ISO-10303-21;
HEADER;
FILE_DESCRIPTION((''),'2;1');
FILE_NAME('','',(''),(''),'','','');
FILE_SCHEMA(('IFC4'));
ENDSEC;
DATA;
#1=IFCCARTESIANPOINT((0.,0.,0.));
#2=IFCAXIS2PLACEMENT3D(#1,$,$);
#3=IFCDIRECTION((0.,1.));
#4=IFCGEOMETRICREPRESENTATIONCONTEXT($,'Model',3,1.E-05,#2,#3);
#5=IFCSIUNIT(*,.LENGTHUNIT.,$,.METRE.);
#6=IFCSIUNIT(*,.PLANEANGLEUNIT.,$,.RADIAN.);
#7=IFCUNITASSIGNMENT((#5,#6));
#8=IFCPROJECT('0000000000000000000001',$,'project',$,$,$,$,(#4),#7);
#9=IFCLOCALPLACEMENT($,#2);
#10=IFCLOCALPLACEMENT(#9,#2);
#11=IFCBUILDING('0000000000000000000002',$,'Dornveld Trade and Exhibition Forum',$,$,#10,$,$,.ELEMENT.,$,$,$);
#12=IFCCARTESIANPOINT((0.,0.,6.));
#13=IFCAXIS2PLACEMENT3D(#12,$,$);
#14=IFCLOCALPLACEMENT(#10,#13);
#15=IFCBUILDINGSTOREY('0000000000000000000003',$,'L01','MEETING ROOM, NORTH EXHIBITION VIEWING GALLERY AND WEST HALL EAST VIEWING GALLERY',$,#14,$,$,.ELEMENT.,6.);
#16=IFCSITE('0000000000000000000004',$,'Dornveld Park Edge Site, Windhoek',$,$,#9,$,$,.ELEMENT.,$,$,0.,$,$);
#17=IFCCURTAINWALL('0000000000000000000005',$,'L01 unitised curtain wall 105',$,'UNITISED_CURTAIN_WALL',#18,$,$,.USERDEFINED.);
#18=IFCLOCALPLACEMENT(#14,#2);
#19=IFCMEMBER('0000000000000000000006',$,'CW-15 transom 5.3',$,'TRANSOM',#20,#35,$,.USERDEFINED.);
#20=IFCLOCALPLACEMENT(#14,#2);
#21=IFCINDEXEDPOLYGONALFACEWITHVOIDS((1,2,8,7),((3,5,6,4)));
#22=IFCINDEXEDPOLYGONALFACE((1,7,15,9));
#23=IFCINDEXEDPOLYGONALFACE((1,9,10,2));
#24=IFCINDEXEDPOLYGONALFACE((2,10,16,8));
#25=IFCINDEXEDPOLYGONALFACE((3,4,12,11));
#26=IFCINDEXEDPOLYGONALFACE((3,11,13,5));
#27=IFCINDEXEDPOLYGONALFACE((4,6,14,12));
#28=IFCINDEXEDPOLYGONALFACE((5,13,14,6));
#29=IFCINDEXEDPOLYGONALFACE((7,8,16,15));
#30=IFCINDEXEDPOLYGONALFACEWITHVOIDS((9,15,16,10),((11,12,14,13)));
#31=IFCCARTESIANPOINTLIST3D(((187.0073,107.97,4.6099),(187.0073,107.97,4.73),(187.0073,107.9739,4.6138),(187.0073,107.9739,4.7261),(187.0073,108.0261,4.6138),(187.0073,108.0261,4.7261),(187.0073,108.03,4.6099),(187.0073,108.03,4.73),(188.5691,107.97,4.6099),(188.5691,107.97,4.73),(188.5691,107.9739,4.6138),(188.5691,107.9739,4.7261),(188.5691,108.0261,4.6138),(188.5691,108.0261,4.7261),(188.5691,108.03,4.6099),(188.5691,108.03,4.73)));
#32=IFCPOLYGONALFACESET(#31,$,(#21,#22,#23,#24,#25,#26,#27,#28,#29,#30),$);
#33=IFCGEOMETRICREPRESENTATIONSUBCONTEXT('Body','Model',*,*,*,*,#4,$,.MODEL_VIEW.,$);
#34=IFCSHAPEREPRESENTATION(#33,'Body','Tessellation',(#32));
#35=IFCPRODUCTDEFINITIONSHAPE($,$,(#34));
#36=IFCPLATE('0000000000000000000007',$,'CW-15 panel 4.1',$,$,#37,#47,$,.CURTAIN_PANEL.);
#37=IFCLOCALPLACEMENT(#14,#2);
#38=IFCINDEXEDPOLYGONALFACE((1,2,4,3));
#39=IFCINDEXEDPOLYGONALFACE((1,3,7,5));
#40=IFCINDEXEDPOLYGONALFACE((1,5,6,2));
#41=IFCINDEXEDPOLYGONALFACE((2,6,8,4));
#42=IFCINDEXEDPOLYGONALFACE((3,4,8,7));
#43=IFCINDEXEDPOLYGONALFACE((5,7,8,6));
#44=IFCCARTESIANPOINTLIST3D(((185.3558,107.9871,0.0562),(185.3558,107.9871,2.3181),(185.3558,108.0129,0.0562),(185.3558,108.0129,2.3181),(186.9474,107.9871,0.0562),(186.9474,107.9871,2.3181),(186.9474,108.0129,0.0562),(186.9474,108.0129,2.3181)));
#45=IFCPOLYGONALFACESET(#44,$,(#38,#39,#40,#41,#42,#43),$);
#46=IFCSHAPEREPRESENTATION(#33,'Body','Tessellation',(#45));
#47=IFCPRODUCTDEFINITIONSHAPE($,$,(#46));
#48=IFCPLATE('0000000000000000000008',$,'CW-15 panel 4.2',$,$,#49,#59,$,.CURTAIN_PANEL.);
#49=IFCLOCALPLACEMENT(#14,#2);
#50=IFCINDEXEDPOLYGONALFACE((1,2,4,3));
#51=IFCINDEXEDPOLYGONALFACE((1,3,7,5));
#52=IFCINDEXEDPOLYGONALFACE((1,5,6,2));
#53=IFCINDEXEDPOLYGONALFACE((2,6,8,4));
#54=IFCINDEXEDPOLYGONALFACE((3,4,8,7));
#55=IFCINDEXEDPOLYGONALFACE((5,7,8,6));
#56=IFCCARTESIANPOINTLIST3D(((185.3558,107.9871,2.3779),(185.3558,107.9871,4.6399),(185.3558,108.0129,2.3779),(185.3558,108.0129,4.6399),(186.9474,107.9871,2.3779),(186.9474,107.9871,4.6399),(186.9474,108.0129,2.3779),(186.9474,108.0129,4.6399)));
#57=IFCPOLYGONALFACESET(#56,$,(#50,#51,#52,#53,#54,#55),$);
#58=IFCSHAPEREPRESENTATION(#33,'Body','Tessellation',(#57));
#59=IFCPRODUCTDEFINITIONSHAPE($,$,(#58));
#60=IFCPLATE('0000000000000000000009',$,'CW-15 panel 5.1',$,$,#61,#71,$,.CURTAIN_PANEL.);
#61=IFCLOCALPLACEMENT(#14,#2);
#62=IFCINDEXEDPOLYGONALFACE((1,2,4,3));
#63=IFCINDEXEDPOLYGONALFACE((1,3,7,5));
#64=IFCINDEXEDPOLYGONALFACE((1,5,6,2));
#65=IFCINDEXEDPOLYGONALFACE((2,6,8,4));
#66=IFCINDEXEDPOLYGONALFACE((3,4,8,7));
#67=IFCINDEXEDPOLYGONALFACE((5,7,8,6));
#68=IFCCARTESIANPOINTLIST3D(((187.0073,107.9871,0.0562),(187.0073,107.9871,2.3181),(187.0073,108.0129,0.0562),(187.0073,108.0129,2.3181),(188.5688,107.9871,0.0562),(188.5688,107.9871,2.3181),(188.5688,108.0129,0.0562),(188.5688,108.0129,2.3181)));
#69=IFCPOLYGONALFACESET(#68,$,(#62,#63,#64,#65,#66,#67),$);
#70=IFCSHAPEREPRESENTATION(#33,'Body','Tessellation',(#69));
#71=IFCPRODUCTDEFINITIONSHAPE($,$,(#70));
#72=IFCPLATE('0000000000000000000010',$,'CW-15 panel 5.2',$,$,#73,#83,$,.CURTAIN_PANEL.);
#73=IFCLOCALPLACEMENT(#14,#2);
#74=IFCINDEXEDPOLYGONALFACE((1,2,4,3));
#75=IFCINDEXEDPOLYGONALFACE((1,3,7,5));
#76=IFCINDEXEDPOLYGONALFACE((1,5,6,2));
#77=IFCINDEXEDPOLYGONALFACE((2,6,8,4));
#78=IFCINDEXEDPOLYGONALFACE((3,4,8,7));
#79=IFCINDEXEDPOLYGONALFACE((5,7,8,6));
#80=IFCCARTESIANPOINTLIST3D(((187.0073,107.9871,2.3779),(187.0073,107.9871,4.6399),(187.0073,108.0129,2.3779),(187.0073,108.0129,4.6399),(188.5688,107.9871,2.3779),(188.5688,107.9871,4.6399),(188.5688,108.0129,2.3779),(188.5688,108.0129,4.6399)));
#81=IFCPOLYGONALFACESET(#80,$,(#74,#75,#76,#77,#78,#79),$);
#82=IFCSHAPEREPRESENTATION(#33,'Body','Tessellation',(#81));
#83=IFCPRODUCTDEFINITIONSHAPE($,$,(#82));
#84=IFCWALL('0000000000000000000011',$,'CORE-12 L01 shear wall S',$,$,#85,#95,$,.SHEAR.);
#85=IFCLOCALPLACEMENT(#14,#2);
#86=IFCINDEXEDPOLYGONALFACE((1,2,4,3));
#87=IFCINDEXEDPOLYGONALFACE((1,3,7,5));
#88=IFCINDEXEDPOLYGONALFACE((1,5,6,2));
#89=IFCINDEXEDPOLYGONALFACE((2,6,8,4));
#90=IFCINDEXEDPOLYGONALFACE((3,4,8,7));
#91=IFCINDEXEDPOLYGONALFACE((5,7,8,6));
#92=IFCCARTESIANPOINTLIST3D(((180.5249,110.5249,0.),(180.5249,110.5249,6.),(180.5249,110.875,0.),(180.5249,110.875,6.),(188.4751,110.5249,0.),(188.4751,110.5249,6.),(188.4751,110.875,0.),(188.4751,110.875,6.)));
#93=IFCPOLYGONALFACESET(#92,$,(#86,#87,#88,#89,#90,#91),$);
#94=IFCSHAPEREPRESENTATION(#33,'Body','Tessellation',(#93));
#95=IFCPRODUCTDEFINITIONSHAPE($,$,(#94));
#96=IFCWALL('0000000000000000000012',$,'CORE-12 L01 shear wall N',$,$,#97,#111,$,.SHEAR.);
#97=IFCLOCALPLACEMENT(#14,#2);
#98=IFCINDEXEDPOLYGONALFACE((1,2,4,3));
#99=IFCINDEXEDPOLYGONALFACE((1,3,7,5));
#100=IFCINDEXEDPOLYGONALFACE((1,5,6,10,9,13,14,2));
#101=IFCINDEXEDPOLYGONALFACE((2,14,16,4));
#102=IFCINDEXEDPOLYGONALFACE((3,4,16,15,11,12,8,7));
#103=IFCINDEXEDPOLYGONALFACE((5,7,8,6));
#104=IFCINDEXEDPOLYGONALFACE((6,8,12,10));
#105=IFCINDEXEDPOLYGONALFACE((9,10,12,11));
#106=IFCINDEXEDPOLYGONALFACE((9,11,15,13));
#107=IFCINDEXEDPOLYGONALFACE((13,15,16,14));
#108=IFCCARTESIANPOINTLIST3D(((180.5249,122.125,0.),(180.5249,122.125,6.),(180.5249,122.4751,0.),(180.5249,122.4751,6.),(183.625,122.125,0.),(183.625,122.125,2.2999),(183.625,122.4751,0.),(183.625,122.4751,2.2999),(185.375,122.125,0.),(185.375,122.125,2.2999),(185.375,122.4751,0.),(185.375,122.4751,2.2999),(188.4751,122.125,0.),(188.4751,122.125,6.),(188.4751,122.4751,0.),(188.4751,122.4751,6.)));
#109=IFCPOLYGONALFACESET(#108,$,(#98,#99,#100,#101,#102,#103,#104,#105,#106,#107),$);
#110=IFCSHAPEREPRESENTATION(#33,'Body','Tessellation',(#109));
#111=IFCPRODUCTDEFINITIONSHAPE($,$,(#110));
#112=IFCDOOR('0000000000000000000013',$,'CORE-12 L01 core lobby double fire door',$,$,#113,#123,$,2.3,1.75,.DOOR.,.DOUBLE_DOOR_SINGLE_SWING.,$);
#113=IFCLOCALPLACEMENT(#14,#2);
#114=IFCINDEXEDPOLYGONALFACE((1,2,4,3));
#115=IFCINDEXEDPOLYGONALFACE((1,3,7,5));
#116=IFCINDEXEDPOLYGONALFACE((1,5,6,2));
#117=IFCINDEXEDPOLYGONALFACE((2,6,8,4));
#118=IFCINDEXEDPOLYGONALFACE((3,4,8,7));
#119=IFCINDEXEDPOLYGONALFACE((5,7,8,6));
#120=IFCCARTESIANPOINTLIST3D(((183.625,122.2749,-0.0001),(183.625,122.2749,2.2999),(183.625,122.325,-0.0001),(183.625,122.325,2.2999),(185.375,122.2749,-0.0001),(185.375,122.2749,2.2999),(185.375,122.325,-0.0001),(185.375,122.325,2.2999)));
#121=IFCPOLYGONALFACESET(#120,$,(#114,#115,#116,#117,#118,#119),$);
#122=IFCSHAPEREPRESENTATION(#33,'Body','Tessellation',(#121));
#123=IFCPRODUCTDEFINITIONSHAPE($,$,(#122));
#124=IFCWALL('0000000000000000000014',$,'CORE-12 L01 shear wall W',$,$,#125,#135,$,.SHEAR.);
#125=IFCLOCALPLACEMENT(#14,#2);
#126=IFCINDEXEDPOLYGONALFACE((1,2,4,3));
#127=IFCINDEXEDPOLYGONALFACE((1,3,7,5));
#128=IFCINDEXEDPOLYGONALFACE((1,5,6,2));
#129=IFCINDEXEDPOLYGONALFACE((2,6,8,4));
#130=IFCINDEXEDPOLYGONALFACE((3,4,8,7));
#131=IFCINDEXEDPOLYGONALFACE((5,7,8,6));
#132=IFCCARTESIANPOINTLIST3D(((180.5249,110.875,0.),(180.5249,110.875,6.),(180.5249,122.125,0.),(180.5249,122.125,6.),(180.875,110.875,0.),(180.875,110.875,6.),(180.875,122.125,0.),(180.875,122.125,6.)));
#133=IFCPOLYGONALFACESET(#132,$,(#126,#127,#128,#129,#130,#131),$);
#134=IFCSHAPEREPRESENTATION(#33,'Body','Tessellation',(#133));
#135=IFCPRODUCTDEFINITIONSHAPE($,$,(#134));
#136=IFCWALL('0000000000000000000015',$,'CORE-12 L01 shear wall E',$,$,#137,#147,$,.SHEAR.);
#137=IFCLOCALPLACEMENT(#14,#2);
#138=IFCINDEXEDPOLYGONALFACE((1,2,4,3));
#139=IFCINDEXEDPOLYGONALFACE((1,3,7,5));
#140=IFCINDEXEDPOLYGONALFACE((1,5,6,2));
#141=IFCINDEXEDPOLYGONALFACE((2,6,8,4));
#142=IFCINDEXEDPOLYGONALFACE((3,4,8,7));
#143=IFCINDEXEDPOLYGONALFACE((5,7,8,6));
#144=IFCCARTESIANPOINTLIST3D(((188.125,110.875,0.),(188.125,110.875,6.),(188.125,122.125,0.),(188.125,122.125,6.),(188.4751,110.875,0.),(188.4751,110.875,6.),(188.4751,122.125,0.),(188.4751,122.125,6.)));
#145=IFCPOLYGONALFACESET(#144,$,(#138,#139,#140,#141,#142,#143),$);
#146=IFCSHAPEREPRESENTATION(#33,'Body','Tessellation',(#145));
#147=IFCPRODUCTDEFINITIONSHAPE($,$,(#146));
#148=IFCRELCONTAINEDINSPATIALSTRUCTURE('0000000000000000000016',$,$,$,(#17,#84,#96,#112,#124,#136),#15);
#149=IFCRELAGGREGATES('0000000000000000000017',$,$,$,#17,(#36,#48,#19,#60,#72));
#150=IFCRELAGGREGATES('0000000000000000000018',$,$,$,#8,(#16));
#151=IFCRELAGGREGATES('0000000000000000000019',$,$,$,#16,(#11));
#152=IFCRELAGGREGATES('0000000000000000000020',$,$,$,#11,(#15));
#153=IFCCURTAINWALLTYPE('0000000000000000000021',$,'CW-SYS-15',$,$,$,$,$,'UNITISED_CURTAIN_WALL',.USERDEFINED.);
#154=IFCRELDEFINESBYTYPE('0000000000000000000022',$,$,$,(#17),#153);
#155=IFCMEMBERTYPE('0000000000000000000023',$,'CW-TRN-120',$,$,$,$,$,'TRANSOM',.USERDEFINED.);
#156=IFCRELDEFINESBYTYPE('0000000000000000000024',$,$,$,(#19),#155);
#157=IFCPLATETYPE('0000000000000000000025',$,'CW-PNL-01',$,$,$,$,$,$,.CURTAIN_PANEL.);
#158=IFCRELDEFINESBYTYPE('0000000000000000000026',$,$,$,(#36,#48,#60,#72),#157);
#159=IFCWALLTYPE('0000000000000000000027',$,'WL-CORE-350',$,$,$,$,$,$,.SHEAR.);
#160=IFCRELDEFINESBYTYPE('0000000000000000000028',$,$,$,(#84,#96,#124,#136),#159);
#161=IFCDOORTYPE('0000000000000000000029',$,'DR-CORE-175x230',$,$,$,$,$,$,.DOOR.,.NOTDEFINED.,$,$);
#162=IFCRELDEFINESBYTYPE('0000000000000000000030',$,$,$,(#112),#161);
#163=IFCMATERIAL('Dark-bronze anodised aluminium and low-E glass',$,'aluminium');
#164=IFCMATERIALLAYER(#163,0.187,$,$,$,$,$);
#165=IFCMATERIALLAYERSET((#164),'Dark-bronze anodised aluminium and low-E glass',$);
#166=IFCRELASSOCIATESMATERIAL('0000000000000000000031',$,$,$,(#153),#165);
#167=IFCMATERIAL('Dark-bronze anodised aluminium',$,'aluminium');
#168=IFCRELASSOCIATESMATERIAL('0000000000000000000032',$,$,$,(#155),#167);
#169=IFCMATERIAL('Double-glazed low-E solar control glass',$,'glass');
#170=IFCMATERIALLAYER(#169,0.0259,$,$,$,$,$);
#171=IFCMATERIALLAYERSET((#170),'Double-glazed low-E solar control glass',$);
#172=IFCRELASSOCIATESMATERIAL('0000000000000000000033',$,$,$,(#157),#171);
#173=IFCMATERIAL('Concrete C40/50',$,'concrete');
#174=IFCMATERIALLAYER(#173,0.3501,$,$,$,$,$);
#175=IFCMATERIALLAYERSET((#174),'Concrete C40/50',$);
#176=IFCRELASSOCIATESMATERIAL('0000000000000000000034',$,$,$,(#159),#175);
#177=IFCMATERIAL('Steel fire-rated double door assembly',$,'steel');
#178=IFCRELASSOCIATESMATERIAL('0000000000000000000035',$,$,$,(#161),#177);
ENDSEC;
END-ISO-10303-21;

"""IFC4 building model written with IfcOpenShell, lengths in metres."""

from ifc_helpers import new_model, si_unit, direction, frame, frame_2d, origin, origin_2d, place, context, subcontext, project, spatial, rectangle, hollow_rectangle, extrude, material, layer, layer_set, material_profile, profile_set, type_object, element, fill, aggregate, save


model = new_model("IFC4")

# Units and contexts
model_context = context("Model", 3, precision=1e-05, world=origin(), true_north=direction((0.0, 1.0)))
body_context = subcontext(model_context, "Body", "Model", "MODEL_VIEW")
ifc_project = project(units=[si_unit("LENGTHUNIT", "METRE"), si_unit("PLANEANGLEUNIT", "RADIAN")], contexts=[model_context])

# Site, building, storey
site_placement = place(None, origin())
site = spatial("IfcSite", under=ifc_project, at=site_placement, Name="Dornveld Park Edge Site, Windhoek", CompositionType="ELEMENT", RefElevation=0.0)
building_placement = place(site_placement, origin())
building = spatial("IfcBuilding", under=site, at=building_placement, Name="Dornveld Trade and Exhibition Forum", CompositionType="ELEMENT")
storey_placement = place(building_placement, frame((0.0, 0.0, 6.0)))
storey = spatial("IfcBuildingStorey", under=building, at=storey_placement, Name="L01", Description="MEETING ROOM, NORTH EXHIBITION VIEWING GALLERY AND WEST HALL EAST VIEWING GALLERY", CompositionType="ELEMENT", Elevation=6.0)

# Curtain wall, member, plates
ifc_material_1 = material(Name="Dark-bronze anodised aluminium and low-E glass", Category="aluminium")
ifc_layer_1 = layer(ifc_material_1, 0.187)
ifc_layer_set_1 = layer_set([ifc_layer_1], Name="Dark-bronze anodised aluminium and low-E glass")
curtain_wall_type = type_object("IfcCurtainWallType", Name="CW-SYS-15", ElementType="UNITISED_CURTAIN_WALL", PredefinedType="USERDEFINED", material=ifc_layer_set_1)
curtain_wall_placement = place(storey_placement, origin())
curtain_wall = element("IfcCurtainWall", 1, at=curtain_wall_placement, inside=storey, type_object=curtain_wall_type, Name="L01 unitised curtain wall 105", ObjectType="UNITISED_CURTAIN_WALL", PredefinedType="USERDEFINED")
ifc_material_2 = material(Name="Dark-bronze anodised aluminium", Category="aluminium")
ifc_material_profile_1 = material_profile(ifc_material_2, hollow_rectangle(XDim=0.0601, YDim=0.1201, WallThickness=0.0039, at=origin_2d()), Name="RHS 120x60x4")
ifc_profile_set_1 = profile_set([ifc_material_profile_1], Name="Dark-bronze anodised aluminium")
member_type_1 = type_object("IfcMemberType", Name="CW-TRN-120", ElementType="TRANSOM", PredefinedType="USERDEFINED", material=ifc_profile_set_1)
member_1_placement = place(storey_placement, frame((187.0073, 108.0, 4.6699), z_axis=(1.0, 0.0, 0.0), x_axis=(0.0, 1.0, 0.0)))
member_1 = element("IfcMember", 2, at=member_1_placement, type_object=member_type_1, Name="CW-15 transom 5.3", ObjectType="TRANSOM", PredefinedType="USERDEFINED", context=body_context, shape_type="SweptSolid", body=[
    extrude(hollow_rectangle(XDim=0.0601, YDim=0.1201, WallThickness=0.0039, at=origin_2d()), origin(), (0.0, 0.0, 1.0), 1.5618),
])
ifc_material_3 = material(Name="Double-glazed low-E solar control glass", Category="glass")
ifc_layer_2 = layer(ifc_material_3, 0.0259)
ifc_layer_set_2 = layer_set([ifc_layer_2], Name="Double-glazed low-E solar control glass")
plate_type = type_object("IfcPlateType", Name="CW-PNL-01", PredefinedType="CURTAIN_PANEL", material=ifc_layer_set_2)
plate_1_placement = place(storey_placement, frame((186.1516, 108.0, 0.0562), z_axis=(0.0, 0.0, 1.0), x_axis=(1.0, 0.0, 0.0)))
plate_1 = element("IfcPlate", 3, at=plate_1_placement, type_object=plate_type, Name="CW-15 panel 4.1", PredefinedType="CURTAIN_PANEL", context=body_context, shape_type="SweptSolid", body=[
    extrude(rectangle(XDim=1.5916, YDim=0.0259, at=origin_2d()), origin(), (0.0, 0.0, 1.0), 2.262),
])
plate_2_placement = place(storey_placement, frame((186.1516, 108.0, 2.3779), z_axis=(0.0, 0.0, 1.0), x_axis=(1.0, 0.0, 0.0)))
plate_2 = element("IfcPlate", 4, at=plate_2_placement, type_object=plate_type, Name="CW-15 panel 4.2", PredefinedType="CURTAIN_PANEL", context=body_context, shape_type="SweptSolid", body=[
    extrude(rectangle(XDim=1.5916, YDim=0.0259, at=origin_2d()), origin(), (0.0, 0.0, 1.0), 2.262),
])
plate_3_placement = place(storey_placement, frame((187.7881, 108.0, 0.0562), z_axis=(0.0, 0.0, 1.0), x_axis=(1.0, 0.0, 0.0)))
plate_3 = element("IfcPlate", 5, at=plate_3_placement, type_object=plate_type, Name="CW-15 panel 5.1", PredefinedType="CURTAIN_PANEL", context=body_context, shape_type="SweptSolid", body=[
    extrude(rectangle(XDim=1.5615, YDim=0.0259, at=origin_2d()), origin(), (0.0, 0.0, 1.0), 2.262),
])
plate_4_placement = place(storey_placement, frame((187.7881, 108.0, 2.3779), z_axis=(0.0, 0.0, 1.0), x_axis=(1.0, 0.0, 0.0)))
plate_4 = element("IfcPlate", 6, at=plate_4_placement, type_object=plate_type, Name="CW-15 panel 5.2", PredefinedType="CURTAIN_PANEL", context=body_context, shape_type="SweptSolid", body=[
    extrude(rectangle(XDim=1.5615, YDim=0.0259, at=origin_2d()), origin(), (0.0, 0.0, 1.0), 2.262),
])
aggregate(curtain_wall, [plate_1, plate_2, member_1, plate_3, plate_4])

# Wall
ifc_material_4 = material(Name="Concrete C40/50", Category="concrete")
ifc_layer_3 = layer(ifc_material_4, 0.3501)
ifc_layer_set_3 = layer_set([ifc_layer_3], Name="Concrete C40/50")
wall_type_1 = type_object("IfcWallType", Name="WL-CORE-350", PredefinedType="SHEAR", material=ifc_layer_set_3)
wall_1_placement = place(storey_placement, frame((180.5249, 110.7, 0.0), z_axis=(0.0, 0.0, 1.0), x_axis=(1.0, 0.0, 0.0)))
element("IfcWall", 7, at=wall_1_placement, inside=storey, type_object=wall_type_1, Name="CORE-12 L01 shear wall S", PredefinedType="SHEAR", context=body_context, shape_type="SweptSolid", body=[
    extrude(rectangle(XDim=7.9502, YDim=0.3501, at=frame_2d((3.9751, 0.0))), origin(), (0.0, 0.0, 1.0), 6.0),
])

# Wall, opening, door
wall_2_placement = place(storey_placement, frame((180.5249, 122.3, 0.0), z_axis=(0.0, 0.0, 1.0), x_axis=(1.0, 0.0, 0.0)))
wall_2 = element("IfcWall", 8, at=wall_2_placement, inside=storey, type_object=wall_type_1, Name="CORE-12 L01 shear wall N", PredefinedType="SHEAR", context=body_context, shape_type="SweptSolid", body=[
    extrude(rectangle(XDim=7.9502, YDim=0.3501, at=frame_2d((3.9751, 0.0))), origin(), (0.0, 0.0, 1.0), 6.0),
])
opening_1_placement = place(wall_2_placement, frame((3.1001, 0.0, 0.0)))
opening_1 = element("IfcOpeningElement", 9, at=opening_1_placement, cuts=wall_2, PredefinedType="OPENING", context=body_context, shape_type="SweptSolid", body=[
    extrude(rectangle(XDim=1.75, YDim=2.3, at=frame_2d((0.875, 1.1499))), frame((0.0, 0.1851, 0.0), z_axis=(0.0, -1.0, 0.0), x_axis=(1.0, 0.0, 0.0)), (0.0, 0.0, 1.0), 0.3701),
])
ifc_material_5 = material(Name="Steel fire-rated double door assembly", Category="steel")
door_type_1 = type_object("IfcDoorType", Name="DR-CORE-175x230", OperationType="NOTDEFINED", PredefinedType="DOOR", material=ifc_material_5)
door_1_placement = place(opening_1_placement, origin())
door_1 = element("IfcDoor", 10, at=door_1_placement, inside=storey, type_object=door_type_1, Name="CORE-12 L01 core lobby double fire door", OperationType="DOUBLE_DOOR_SINGLE_SWING", OverallHeight=2.3, OverallWidth=1.75, PredefinedType="DOOR", context=body_context, shape_type="SweptSolid", body=[
    extrude(rectangle(XDim=1.75, YDim=2.3, at=frame_2d((0.875, 1.1499))), frame((0.0, 0.0249, 0.0), z_axis=(0.0, -1.0, 0.0), x_axis=(1.0, 0.0, 0.0)), (0.0, 0.0, 1.0), 0.05),
])
fill(opening_1, door_1)

# Walls
for number, where, z_axis, x_axis, name in (
    (11, (180.7, 110.875, 0.0), (0.0, 0.0, 1.0), (0.0, 1.0, 0.0), "CORE-12 L01 shear wall W"),
    (12, (188.3, 110.875, 0.0), (0.0, 0.0, 1.0), (0.0, 1.0, 0.0), "CORE-12 L01 shear wall E"),
):
    element("IfcWall", number, at=place(storey_placement, frame(where, z_axis=z_axis, x_axis=x_axis)), inside=storey, type_object=wall_type_1, Name=name, PredefinedType="SHEAR", context=body_context, shape_type="SweptSolid", body=[
        extrude(rectangle(XDim=11.25, YDim=0.3501, at=frame_2d((5.625, 0.0))), origin(), (0.0, 0.0, 1.0), 6.0),
    ])

save(model, "model.ifc")
